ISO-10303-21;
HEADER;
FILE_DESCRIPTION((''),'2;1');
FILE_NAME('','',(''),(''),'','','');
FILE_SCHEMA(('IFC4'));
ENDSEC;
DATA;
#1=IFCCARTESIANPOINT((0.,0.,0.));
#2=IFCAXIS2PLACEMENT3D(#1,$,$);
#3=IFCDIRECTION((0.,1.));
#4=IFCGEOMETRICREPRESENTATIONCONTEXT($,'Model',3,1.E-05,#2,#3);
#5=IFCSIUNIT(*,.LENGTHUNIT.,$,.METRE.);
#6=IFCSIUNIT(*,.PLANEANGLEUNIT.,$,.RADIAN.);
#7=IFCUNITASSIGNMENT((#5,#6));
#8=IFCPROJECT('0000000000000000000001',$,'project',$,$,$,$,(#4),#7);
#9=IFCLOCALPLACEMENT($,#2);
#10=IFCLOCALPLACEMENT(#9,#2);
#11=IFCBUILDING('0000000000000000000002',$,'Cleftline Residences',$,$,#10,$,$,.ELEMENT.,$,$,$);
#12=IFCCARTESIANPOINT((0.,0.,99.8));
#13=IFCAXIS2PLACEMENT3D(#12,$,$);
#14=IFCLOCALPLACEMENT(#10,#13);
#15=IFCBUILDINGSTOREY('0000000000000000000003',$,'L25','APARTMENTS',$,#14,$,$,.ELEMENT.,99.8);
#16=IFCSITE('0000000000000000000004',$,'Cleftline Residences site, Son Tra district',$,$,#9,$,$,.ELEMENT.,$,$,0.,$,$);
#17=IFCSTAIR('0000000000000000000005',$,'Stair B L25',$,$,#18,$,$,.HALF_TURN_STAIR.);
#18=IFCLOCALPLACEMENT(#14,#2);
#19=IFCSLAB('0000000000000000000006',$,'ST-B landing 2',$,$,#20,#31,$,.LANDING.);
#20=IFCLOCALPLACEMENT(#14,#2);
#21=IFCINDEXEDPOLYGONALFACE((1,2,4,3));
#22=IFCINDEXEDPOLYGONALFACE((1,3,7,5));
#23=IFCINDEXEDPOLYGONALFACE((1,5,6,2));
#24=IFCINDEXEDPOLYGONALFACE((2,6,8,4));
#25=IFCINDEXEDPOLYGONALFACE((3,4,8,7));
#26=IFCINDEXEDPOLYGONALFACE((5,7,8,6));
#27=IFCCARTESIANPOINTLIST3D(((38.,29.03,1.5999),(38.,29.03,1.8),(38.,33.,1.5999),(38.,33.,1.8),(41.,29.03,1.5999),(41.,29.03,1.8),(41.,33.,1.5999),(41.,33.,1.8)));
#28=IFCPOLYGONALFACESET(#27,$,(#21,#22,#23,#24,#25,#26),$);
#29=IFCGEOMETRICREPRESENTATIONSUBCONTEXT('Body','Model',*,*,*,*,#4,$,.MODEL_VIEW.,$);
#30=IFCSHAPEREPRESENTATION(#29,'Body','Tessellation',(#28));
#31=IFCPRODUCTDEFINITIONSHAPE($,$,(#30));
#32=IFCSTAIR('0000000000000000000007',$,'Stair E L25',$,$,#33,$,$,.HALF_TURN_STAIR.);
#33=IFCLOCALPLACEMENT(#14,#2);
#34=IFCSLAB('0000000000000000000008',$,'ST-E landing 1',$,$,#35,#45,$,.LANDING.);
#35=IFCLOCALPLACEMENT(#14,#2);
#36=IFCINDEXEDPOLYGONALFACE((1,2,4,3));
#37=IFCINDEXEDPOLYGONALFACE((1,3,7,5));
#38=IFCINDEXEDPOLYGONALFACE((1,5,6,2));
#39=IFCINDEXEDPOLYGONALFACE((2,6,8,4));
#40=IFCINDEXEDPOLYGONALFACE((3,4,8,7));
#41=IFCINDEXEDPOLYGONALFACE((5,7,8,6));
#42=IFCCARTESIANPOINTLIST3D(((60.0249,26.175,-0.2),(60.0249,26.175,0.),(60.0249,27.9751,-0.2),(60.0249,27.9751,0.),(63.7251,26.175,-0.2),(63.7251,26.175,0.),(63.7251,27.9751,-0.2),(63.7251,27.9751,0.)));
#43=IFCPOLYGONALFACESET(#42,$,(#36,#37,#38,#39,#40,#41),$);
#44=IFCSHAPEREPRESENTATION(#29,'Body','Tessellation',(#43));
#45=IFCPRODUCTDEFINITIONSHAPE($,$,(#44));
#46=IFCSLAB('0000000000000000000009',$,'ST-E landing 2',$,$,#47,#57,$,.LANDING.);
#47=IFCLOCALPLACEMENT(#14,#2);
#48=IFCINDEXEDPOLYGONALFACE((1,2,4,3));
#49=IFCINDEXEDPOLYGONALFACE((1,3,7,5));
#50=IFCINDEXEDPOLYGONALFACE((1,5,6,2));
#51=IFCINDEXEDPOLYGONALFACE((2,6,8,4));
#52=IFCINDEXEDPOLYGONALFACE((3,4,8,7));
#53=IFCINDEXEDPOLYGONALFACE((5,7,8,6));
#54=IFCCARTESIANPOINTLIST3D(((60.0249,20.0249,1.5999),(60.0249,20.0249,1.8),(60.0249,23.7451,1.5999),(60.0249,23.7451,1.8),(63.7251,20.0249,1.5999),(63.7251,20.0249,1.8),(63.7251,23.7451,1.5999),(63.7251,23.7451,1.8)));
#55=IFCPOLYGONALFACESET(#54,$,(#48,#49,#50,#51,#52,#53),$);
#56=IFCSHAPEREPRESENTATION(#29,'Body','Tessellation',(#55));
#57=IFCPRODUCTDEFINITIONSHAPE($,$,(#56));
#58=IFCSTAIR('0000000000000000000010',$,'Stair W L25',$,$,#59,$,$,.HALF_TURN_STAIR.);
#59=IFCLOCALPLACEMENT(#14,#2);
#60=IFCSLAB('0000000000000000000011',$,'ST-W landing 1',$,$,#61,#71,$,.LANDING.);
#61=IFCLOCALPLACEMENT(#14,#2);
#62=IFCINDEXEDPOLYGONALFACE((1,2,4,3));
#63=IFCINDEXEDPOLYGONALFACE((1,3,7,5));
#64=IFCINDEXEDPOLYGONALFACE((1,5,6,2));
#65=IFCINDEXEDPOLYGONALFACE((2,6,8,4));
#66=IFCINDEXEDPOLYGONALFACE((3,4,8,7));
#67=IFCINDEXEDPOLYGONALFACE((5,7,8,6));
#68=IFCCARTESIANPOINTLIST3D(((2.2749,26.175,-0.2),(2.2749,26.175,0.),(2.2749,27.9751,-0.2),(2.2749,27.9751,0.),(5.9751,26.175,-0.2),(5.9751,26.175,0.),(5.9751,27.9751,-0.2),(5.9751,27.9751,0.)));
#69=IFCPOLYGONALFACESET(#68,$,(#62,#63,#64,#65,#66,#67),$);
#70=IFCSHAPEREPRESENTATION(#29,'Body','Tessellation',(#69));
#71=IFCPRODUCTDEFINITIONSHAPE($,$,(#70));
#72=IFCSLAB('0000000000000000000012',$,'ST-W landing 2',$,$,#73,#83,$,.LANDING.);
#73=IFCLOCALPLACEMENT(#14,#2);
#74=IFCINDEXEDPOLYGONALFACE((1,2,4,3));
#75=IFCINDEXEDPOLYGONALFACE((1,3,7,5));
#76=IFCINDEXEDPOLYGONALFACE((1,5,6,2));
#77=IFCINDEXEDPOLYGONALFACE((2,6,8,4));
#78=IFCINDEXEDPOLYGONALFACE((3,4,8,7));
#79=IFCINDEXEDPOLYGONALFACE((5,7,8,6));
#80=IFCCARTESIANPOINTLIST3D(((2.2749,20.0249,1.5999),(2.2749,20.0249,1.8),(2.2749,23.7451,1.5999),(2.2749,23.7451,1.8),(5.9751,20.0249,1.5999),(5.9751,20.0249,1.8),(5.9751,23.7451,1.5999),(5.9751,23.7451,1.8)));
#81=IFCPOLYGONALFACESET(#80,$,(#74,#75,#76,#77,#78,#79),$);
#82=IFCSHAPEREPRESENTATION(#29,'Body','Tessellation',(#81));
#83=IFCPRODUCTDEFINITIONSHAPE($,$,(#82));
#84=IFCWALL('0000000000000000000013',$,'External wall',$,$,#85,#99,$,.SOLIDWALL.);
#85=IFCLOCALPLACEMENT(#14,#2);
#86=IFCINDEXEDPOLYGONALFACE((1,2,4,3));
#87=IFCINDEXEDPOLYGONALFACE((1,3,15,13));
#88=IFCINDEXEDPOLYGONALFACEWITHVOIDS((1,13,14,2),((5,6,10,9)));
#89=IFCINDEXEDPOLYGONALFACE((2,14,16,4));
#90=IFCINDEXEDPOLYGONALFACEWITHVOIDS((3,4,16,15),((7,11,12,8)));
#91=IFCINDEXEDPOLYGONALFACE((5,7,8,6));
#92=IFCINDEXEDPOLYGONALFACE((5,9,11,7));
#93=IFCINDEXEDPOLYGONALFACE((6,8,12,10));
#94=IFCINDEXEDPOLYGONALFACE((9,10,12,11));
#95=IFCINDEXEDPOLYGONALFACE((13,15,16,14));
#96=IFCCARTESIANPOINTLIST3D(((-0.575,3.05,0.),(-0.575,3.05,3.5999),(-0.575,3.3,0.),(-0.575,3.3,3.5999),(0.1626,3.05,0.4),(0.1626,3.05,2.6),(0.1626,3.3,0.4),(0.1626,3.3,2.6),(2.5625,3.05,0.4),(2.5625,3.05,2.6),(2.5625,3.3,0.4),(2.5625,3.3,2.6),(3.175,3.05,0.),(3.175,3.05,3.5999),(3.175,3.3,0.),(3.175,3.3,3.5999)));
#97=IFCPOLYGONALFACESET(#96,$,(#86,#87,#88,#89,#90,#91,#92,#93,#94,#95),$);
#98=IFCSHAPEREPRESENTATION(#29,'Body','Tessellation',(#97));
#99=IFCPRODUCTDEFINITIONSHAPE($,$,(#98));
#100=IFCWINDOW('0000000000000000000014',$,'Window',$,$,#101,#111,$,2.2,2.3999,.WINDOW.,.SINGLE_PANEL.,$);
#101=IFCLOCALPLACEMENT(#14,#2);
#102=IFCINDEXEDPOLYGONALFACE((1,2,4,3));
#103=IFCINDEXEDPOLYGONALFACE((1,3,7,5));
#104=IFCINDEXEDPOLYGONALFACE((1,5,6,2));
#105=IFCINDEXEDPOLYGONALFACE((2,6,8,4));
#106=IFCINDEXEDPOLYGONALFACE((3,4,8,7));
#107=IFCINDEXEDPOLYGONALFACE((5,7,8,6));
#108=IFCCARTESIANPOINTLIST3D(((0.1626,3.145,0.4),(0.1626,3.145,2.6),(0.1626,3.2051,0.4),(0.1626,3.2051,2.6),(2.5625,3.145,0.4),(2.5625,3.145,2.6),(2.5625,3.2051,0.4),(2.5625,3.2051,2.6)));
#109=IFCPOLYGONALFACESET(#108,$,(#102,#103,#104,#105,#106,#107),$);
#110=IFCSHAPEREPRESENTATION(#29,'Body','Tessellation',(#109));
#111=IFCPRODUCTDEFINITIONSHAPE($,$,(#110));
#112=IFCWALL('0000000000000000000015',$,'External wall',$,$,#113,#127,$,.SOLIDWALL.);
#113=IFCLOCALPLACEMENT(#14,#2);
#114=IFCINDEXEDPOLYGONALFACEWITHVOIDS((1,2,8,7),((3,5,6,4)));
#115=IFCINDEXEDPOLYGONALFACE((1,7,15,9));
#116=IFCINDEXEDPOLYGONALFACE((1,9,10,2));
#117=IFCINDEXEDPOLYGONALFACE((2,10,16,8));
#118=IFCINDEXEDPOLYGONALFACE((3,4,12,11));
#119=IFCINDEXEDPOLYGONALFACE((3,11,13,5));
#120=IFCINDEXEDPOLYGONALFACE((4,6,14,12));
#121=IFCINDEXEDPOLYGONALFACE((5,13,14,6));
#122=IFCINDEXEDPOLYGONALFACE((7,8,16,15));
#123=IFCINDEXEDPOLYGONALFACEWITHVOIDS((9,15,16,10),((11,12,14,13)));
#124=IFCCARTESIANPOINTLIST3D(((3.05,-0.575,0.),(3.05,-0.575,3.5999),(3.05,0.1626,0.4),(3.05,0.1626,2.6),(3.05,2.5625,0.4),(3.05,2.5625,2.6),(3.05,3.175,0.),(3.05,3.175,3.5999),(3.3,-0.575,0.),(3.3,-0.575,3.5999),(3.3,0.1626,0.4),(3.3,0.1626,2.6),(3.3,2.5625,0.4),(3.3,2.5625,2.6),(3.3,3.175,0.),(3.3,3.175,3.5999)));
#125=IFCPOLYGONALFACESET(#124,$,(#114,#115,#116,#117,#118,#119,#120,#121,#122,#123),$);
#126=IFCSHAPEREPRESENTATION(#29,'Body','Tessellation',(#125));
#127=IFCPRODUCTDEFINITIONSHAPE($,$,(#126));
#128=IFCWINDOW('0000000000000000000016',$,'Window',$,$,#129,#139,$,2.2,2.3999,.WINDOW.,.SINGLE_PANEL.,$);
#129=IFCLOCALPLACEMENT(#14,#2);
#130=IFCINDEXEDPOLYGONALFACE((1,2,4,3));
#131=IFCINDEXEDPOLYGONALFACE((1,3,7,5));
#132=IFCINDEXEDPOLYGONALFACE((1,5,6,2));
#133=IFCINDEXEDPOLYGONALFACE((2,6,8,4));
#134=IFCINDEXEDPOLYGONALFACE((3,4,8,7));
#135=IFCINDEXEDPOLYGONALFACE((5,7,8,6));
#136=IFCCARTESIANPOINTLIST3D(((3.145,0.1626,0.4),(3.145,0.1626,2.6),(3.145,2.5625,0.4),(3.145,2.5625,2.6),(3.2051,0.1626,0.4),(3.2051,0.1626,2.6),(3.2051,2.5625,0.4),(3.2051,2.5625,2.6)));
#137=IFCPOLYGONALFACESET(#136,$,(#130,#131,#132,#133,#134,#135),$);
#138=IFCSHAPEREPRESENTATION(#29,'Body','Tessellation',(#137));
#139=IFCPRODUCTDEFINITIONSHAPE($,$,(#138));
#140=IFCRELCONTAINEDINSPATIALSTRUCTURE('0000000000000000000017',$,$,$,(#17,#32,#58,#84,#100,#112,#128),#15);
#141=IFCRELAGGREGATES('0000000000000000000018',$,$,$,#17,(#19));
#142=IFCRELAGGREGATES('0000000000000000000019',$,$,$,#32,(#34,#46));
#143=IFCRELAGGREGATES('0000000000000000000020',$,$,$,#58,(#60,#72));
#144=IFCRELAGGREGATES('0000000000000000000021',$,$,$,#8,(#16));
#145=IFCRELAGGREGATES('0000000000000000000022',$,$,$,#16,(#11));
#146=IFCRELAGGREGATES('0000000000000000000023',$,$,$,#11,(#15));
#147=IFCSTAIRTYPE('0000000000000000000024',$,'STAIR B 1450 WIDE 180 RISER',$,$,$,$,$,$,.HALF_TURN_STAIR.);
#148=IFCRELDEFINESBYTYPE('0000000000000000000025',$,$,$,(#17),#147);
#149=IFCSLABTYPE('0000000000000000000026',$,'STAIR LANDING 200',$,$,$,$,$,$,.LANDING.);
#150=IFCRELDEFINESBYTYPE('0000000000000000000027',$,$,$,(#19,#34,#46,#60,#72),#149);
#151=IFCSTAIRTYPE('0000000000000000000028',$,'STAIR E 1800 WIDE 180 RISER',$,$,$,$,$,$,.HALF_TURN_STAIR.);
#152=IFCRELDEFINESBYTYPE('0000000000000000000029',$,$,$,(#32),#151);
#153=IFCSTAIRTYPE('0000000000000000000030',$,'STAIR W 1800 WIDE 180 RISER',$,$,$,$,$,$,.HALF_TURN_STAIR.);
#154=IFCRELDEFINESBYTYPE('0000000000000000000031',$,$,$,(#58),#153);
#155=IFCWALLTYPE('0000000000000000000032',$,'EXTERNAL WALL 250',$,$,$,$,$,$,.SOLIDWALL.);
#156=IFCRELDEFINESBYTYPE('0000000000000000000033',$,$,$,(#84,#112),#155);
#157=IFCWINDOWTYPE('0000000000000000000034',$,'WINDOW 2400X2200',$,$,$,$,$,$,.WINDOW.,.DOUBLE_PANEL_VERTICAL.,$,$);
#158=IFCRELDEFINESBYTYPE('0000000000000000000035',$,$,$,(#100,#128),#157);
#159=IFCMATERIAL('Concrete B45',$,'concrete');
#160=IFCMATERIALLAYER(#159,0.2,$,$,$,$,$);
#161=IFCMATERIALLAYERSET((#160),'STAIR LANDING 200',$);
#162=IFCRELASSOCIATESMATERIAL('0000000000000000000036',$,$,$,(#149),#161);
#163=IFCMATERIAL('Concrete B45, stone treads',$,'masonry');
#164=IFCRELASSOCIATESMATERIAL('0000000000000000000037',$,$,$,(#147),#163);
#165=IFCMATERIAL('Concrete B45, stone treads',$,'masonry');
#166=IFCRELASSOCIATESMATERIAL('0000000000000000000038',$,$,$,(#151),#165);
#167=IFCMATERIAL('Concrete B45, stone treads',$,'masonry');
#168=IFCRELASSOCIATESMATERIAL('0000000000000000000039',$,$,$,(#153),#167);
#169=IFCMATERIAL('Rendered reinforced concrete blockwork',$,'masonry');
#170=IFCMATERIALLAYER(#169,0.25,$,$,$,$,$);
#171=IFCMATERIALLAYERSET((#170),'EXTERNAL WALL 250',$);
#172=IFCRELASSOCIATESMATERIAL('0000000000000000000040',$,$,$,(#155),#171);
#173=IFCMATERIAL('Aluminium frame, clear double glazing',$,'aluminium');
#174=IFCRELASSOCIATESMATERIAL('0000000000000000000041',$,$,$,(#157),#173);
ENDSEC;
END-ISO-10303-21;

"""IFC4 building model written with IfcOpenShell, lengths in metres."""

from ifc_helpers import new_model, si_unit, direction, frame, frame_2d, origin, place, context, subcontext, project, spatial, polyline, rectangle, outline, extrude, material, layer, layer_set, type_object, element, fill, aggregate, save


model = new_model("IFC4")

# Units and contexts
model_context = context("Model", 3, precision=1e-05, world=origin(), true_north=direction((0.0, 1.0)))
body_context = subcontext(model_context, "Body", "Model", "MODEL_VIEW")
ifc_project = project(units=[si_unit("LENGTHUNIT", "METRE"), si_unit("PLANEANGLEUNIT", "RADIAN")], contexts=[model_context])

# Site, building, storey
site_placement = place(None, origin())
site = spatial("IfcSite", under=ifc_project, at=site_placement, Name="Cleftline Residences site, Son Tra district", CompositionType="ELEMENT", RefElevation=0.0)
building_placement = place(site_placement, origin())
building = spatial("IfcBuilding", under=site, at=building_placement, Name="Cleftline Residences", CompositionType="ELEMENT")
storey_placement = place(building_placement, frame((0.0, 0.0, 99.8)))
storey = spatial("IfcBuildingStorey", under=building, at=storey_placement, Name="L25", Description="APARTMENTS", CompositionType="ELEMENT", Elevation=99.8)

# Stairs, slabs
ifc_material_1 = material(Name="Concrete B45", Category="concrete")
ifc_layer_1 = layer(ifc_material_1, 0.2)
ifc_layer_set_1 = layer_set([ifc_layer_1], Name="STAIR LANDING 200")
slab_type_1 = type_object("IfcSlabType", Name="STAIR LANDING 200", PredefinedType="LANDING", material=ifc_layer_set_1)
ifc_material_2 = material(Name="Concrete B45, stone treads", Category="masonry")
stair_type_1 = type_object("IfcStairType", Name="STAIR B 1450 WIDE 180 RISER", PredefinedType="HALF_TURN_STAIR", material=ifc_material_2)
stair_1_placement = place(storey_placement, origin())
stair_1 = element("IfcStair", 1, at=stair_1_placement, inside=storey, type_object=stair_type_1, Name="Stair B L25", PredefinedType="HALF_TURN_STAIR")
slab_1_placement = place(storey_placement, frame((0.0, 0.0, 1.5999)))
slab_1 = element("IfcSlab", 2, at=slab_1_placement, type_object=slab_type_1, Name="ST-B landing 2", PredefinedType="LANDING", context=body_context, shape_type="SweptSolid", body=[
    extrude(outline(polyline([(38.0, 29.03), (41.0, 29.03), (41.0, 33.0), (38.0, 33.0), (38.0, 29.03)])), origin(), (0.0, 0.0, 1.0), 0.2002),
])
aggregate(stair_1, [slab_1])
ifc_material_3 = material(Name="Concrete B45, stone treads", Category="masonry")
stair_type_2 = type_object("IfcStairType", Name="STAIR E 1800 WIDE 180 RISER", PredefinedType="HALF_TURN_STAIR", material=ifc_material_3)
stair_2_placement = place(storey_placement, origin())
stair_2 = element("IfcStair", 3, at=stair_2_placement, inside=storey, type_object=stair_type_2, Name="Stair E L25", PredefinedType="HALF_TURN_STAIR")
slab_2_placement = place(storey_placement, frame((0.0, 0.0, -0.2)))
slab_2 = element("IfcSlab", 4, at=slab_2_placement, type_object=slab_type_1, Name="ST-E landing 1", PredefinedType="LANDING", context=body_context, shape_type="SweptSolid", body=[
    extrude(outline(polyline([(60.0249, 26.175), (63.7251, 26.175), (63.7251, 27.9751), (60.0249, 27.9751), (60.0249, 26.175)])), origin(), (0.0, 0.0, 1.0), 0.2),
])
slab_3_placement = place(storey_placement, frame((0.0, 0.0, 1.5999)))
slab_3 = element("IfcSlab", 5, at=slab_3_placement, type_object=slab_type_1, Name="ST-E landing 2", PredefinedType="LANDING", context=body_context, shape_type="SweptSolid", body=[
    extrude(outline(polyline([(60.0249, 20.0249), (63.7251, 20.0249), (63.7251, 23.7451), (60.0249, 23.7451), (60.0249, 20.0249)])), origin(), (0.0, 0.0, 1.0), 0.2002),
])
aggregate(stair_2, [slab_2, slab_3])
ifc_material_4 = material(Name="Concrete B45, stone treads", Category="masonry")
stair_type_3 = type_object("IfcStairType", Name="STAIR W 1800 WIDE 180 RISER", PredefinedType="HALF_TURN_STAIR", material=ifc_material_4)
stair_3_placement = place(storey_placement, origin())
stair_3 = element("IfcStair", 6, at=stair_3_placement, inside=storey, type_object=stair_type_3, Name="Stair W L25", PredefinedType="HALF_TURN_STAIR")
slab_4_placement = place(storey_placement, frame((0.0, 0.0, -0.2)))
slab_4 = element("IfcSlab", 7, at=slab_4_placement, type_object=slab_type_1, Name="ST-W landing 1", PredefinedType="LANDING", context=body_context, shape_type="SweptSolid", body=[
    extrude(outline(polyline([(2.2749, 26.175), (5.9751, 26.175), (5.9751, 27.9751), (2.2749, 27.9751), (2.2749, 26.175)])), origin(), (0.0, 0.0, 1.0), 0.2),
])
slab_5_placement = place(storey_placement, frame((0.0, 0.0, 1.5999)))
slab_5 = element("IfcSlab", 8, at=slab_5_placement, type_object=slab_type_1, Name="ST-W landing 2", PredefinedType="LANDING", context=body_context, shape_type="SweptSolid", body=[
    extrude(outline(polyline([(2.2749, 20.0249), (5.9751, 20.0249), (5.9751, 23.7451), (2.2749, 23.7451), (2.2749, 20.0249)])), origin(), (0.0, 0.0, 1.0), 0.2002),
])
aggregate(stair_3, [slab_4, slab_5])

# Walls, openings, windows
ifc_material_5 = material(Name="Rendered reinforced concrete blockwork", Category="masonry")
ifc_layer_2 = layer(ifc_material_5, 0.25)
ifc_layer_set_2 = layer_set([ifc_layer_2], Name="EXTERNAL WALL 250")
wall_type_1 = type_object("IfcWallType", Name="EXTERNAL WALL 250", PredefinedType="SOLIDWALL", material=ifc_layer_set_2)
wall_1_placement = place(storey_placement, frame((-0.575, 3.175, 0.0), z_axis=(0.0, 0.0, 1.0), x_axis=(1.0, 0.0, 0.0)))
wall_1 = element("IfcWall", 9, at=wall_1_placement, inside=storey, type_object=wall_type_1, Name="External wall", PredefinedType="SOLIDWALL", context=body_context, shape_type="SweptSolid", body=[
    extrude(rectangle(XDim=3.75, YDim=0.25, at=frame_2d((1.875, 0.0))), origin(), (0.0, 0.0, 1.0), 3.5999),
])
opening_1_placement = place(wall_1_placement, frame((0.7375, 0.0, 0.3999)))
opening_1 = element("IfcOpeningElement", 10, at=opening_1_placement, cuts=wall_1, PredefinedType="OPENING", context=body_context, shape_type="SweptSolid", body=[
    extrude(rectangle(XDim=2.3999, YDim=2.2, at=frame_2d((1.2, 1.1001))), frame((0.0, 0.135, 0.0), z_axis=(0.0, -1.0, 0.0), x_axis=(1.0, 0.0, 0.0)), (0.0, 0.0, 1.0), 0.27),
])
ifc_material_6 = material(Name="Aluminium frame, clear double glazing", Category="aluminium")
window_type_1 = type_object("IfcWindowType", Name="WINDOW 2400X2200", PartitioningType="DOUBLE_PANEL_VERTICAL", PredefinedType="WINDOW", material=ifc_material_6)
window_1_placement = place(opening_1_placement, origin())
window_1 = element("IfcWindow", 11, at=window_1_placement, inside=storey, type_object=window_type_1, Name="Window", OverallHeight=2.2, OverallWidth=2.3999, PartitioningType="SINGLE_PANEL", PredefinedType="WINDOW", context=body_context, shape_type="SweptSolid", body=[
    extrude(rectangle(XDim=2.3999, YDim=2.2, at=frame_2d((1.2, 1.1001))), frame((0.0, 0.03, 0.0), z_axis=(0.0, -1.0, 0.0), x_axis=(1.0, 0.0, 0.0)), (0.0, 0.0, 1.0), 0.0601),
])
fill(opening_1, window_1)
wall_2_placement = place(storey_placement, frame((3.175, 3.175, 0.0), z_axis=(0.0, 0.0, 1.0), x_axis=(0.0, -1.0, 0.0)))
wall_2 = element("IfcWall", 12, at=wall_2_placement, inside=storey, type_object=wall_type_1, Name="External wall", PredefinedType="SOLIDWALL", context=body_context, shape_type="SweptSolid", body=[
    extrude(rectangle(XDim=3.75, YDim=0.25, at=frame_2d((1.875, 0.0))), origin(), (0.0, 0.0, 1.0), 3.5999),
])
opening_2_placement = place(wall_2_placement, frame((0.6125, 0.0, 0.3999)))
opening_2 = element("IfcOpeningElement", 13, at=opening_2_placement, cuts=wall_2, PredefinedType="OPENING", context=body_context, shape_type="SweptSolid", body=[
    extrude(rectangle(XDim=2.3999, YDim=2.2, at=frame_2d((1.2, 1.1001))), frame((0.0, 0.135, 0.0), z_axis=(0.0, -1.0, 0.0), x_axis=(1.0, 0.0, 0.0)), (0.0, 0.0, 1.0), 0.27),
])
window_2_placement = place(opening_2_placement, origin())
window_2 = element("IfcWindow", 14, at=window_2_placement, inside=storey, type_object=window_type_1, Name="Window", OverallHeight=2.2, OverallWidth=2.3999, PartitioningType="SINGLE_PANEL", PredefinedType="WINDOW", context=body_context, shape_type="SweptSolid", body=[
    extrude(rectangle(XDim=2.3999, YDim=2.2, at=frame_2d((1.2, 1.1001))), frame((0.0, 0.03, 0.0), z_axis=(0.0, -1.0, 0.0), x_axis=(1.0, 0.0, 0.0)), (0.0, 0.0, 1.0), 0.0601),
])
fill(opening_2, window_2)

save(model, "model.ifc")
